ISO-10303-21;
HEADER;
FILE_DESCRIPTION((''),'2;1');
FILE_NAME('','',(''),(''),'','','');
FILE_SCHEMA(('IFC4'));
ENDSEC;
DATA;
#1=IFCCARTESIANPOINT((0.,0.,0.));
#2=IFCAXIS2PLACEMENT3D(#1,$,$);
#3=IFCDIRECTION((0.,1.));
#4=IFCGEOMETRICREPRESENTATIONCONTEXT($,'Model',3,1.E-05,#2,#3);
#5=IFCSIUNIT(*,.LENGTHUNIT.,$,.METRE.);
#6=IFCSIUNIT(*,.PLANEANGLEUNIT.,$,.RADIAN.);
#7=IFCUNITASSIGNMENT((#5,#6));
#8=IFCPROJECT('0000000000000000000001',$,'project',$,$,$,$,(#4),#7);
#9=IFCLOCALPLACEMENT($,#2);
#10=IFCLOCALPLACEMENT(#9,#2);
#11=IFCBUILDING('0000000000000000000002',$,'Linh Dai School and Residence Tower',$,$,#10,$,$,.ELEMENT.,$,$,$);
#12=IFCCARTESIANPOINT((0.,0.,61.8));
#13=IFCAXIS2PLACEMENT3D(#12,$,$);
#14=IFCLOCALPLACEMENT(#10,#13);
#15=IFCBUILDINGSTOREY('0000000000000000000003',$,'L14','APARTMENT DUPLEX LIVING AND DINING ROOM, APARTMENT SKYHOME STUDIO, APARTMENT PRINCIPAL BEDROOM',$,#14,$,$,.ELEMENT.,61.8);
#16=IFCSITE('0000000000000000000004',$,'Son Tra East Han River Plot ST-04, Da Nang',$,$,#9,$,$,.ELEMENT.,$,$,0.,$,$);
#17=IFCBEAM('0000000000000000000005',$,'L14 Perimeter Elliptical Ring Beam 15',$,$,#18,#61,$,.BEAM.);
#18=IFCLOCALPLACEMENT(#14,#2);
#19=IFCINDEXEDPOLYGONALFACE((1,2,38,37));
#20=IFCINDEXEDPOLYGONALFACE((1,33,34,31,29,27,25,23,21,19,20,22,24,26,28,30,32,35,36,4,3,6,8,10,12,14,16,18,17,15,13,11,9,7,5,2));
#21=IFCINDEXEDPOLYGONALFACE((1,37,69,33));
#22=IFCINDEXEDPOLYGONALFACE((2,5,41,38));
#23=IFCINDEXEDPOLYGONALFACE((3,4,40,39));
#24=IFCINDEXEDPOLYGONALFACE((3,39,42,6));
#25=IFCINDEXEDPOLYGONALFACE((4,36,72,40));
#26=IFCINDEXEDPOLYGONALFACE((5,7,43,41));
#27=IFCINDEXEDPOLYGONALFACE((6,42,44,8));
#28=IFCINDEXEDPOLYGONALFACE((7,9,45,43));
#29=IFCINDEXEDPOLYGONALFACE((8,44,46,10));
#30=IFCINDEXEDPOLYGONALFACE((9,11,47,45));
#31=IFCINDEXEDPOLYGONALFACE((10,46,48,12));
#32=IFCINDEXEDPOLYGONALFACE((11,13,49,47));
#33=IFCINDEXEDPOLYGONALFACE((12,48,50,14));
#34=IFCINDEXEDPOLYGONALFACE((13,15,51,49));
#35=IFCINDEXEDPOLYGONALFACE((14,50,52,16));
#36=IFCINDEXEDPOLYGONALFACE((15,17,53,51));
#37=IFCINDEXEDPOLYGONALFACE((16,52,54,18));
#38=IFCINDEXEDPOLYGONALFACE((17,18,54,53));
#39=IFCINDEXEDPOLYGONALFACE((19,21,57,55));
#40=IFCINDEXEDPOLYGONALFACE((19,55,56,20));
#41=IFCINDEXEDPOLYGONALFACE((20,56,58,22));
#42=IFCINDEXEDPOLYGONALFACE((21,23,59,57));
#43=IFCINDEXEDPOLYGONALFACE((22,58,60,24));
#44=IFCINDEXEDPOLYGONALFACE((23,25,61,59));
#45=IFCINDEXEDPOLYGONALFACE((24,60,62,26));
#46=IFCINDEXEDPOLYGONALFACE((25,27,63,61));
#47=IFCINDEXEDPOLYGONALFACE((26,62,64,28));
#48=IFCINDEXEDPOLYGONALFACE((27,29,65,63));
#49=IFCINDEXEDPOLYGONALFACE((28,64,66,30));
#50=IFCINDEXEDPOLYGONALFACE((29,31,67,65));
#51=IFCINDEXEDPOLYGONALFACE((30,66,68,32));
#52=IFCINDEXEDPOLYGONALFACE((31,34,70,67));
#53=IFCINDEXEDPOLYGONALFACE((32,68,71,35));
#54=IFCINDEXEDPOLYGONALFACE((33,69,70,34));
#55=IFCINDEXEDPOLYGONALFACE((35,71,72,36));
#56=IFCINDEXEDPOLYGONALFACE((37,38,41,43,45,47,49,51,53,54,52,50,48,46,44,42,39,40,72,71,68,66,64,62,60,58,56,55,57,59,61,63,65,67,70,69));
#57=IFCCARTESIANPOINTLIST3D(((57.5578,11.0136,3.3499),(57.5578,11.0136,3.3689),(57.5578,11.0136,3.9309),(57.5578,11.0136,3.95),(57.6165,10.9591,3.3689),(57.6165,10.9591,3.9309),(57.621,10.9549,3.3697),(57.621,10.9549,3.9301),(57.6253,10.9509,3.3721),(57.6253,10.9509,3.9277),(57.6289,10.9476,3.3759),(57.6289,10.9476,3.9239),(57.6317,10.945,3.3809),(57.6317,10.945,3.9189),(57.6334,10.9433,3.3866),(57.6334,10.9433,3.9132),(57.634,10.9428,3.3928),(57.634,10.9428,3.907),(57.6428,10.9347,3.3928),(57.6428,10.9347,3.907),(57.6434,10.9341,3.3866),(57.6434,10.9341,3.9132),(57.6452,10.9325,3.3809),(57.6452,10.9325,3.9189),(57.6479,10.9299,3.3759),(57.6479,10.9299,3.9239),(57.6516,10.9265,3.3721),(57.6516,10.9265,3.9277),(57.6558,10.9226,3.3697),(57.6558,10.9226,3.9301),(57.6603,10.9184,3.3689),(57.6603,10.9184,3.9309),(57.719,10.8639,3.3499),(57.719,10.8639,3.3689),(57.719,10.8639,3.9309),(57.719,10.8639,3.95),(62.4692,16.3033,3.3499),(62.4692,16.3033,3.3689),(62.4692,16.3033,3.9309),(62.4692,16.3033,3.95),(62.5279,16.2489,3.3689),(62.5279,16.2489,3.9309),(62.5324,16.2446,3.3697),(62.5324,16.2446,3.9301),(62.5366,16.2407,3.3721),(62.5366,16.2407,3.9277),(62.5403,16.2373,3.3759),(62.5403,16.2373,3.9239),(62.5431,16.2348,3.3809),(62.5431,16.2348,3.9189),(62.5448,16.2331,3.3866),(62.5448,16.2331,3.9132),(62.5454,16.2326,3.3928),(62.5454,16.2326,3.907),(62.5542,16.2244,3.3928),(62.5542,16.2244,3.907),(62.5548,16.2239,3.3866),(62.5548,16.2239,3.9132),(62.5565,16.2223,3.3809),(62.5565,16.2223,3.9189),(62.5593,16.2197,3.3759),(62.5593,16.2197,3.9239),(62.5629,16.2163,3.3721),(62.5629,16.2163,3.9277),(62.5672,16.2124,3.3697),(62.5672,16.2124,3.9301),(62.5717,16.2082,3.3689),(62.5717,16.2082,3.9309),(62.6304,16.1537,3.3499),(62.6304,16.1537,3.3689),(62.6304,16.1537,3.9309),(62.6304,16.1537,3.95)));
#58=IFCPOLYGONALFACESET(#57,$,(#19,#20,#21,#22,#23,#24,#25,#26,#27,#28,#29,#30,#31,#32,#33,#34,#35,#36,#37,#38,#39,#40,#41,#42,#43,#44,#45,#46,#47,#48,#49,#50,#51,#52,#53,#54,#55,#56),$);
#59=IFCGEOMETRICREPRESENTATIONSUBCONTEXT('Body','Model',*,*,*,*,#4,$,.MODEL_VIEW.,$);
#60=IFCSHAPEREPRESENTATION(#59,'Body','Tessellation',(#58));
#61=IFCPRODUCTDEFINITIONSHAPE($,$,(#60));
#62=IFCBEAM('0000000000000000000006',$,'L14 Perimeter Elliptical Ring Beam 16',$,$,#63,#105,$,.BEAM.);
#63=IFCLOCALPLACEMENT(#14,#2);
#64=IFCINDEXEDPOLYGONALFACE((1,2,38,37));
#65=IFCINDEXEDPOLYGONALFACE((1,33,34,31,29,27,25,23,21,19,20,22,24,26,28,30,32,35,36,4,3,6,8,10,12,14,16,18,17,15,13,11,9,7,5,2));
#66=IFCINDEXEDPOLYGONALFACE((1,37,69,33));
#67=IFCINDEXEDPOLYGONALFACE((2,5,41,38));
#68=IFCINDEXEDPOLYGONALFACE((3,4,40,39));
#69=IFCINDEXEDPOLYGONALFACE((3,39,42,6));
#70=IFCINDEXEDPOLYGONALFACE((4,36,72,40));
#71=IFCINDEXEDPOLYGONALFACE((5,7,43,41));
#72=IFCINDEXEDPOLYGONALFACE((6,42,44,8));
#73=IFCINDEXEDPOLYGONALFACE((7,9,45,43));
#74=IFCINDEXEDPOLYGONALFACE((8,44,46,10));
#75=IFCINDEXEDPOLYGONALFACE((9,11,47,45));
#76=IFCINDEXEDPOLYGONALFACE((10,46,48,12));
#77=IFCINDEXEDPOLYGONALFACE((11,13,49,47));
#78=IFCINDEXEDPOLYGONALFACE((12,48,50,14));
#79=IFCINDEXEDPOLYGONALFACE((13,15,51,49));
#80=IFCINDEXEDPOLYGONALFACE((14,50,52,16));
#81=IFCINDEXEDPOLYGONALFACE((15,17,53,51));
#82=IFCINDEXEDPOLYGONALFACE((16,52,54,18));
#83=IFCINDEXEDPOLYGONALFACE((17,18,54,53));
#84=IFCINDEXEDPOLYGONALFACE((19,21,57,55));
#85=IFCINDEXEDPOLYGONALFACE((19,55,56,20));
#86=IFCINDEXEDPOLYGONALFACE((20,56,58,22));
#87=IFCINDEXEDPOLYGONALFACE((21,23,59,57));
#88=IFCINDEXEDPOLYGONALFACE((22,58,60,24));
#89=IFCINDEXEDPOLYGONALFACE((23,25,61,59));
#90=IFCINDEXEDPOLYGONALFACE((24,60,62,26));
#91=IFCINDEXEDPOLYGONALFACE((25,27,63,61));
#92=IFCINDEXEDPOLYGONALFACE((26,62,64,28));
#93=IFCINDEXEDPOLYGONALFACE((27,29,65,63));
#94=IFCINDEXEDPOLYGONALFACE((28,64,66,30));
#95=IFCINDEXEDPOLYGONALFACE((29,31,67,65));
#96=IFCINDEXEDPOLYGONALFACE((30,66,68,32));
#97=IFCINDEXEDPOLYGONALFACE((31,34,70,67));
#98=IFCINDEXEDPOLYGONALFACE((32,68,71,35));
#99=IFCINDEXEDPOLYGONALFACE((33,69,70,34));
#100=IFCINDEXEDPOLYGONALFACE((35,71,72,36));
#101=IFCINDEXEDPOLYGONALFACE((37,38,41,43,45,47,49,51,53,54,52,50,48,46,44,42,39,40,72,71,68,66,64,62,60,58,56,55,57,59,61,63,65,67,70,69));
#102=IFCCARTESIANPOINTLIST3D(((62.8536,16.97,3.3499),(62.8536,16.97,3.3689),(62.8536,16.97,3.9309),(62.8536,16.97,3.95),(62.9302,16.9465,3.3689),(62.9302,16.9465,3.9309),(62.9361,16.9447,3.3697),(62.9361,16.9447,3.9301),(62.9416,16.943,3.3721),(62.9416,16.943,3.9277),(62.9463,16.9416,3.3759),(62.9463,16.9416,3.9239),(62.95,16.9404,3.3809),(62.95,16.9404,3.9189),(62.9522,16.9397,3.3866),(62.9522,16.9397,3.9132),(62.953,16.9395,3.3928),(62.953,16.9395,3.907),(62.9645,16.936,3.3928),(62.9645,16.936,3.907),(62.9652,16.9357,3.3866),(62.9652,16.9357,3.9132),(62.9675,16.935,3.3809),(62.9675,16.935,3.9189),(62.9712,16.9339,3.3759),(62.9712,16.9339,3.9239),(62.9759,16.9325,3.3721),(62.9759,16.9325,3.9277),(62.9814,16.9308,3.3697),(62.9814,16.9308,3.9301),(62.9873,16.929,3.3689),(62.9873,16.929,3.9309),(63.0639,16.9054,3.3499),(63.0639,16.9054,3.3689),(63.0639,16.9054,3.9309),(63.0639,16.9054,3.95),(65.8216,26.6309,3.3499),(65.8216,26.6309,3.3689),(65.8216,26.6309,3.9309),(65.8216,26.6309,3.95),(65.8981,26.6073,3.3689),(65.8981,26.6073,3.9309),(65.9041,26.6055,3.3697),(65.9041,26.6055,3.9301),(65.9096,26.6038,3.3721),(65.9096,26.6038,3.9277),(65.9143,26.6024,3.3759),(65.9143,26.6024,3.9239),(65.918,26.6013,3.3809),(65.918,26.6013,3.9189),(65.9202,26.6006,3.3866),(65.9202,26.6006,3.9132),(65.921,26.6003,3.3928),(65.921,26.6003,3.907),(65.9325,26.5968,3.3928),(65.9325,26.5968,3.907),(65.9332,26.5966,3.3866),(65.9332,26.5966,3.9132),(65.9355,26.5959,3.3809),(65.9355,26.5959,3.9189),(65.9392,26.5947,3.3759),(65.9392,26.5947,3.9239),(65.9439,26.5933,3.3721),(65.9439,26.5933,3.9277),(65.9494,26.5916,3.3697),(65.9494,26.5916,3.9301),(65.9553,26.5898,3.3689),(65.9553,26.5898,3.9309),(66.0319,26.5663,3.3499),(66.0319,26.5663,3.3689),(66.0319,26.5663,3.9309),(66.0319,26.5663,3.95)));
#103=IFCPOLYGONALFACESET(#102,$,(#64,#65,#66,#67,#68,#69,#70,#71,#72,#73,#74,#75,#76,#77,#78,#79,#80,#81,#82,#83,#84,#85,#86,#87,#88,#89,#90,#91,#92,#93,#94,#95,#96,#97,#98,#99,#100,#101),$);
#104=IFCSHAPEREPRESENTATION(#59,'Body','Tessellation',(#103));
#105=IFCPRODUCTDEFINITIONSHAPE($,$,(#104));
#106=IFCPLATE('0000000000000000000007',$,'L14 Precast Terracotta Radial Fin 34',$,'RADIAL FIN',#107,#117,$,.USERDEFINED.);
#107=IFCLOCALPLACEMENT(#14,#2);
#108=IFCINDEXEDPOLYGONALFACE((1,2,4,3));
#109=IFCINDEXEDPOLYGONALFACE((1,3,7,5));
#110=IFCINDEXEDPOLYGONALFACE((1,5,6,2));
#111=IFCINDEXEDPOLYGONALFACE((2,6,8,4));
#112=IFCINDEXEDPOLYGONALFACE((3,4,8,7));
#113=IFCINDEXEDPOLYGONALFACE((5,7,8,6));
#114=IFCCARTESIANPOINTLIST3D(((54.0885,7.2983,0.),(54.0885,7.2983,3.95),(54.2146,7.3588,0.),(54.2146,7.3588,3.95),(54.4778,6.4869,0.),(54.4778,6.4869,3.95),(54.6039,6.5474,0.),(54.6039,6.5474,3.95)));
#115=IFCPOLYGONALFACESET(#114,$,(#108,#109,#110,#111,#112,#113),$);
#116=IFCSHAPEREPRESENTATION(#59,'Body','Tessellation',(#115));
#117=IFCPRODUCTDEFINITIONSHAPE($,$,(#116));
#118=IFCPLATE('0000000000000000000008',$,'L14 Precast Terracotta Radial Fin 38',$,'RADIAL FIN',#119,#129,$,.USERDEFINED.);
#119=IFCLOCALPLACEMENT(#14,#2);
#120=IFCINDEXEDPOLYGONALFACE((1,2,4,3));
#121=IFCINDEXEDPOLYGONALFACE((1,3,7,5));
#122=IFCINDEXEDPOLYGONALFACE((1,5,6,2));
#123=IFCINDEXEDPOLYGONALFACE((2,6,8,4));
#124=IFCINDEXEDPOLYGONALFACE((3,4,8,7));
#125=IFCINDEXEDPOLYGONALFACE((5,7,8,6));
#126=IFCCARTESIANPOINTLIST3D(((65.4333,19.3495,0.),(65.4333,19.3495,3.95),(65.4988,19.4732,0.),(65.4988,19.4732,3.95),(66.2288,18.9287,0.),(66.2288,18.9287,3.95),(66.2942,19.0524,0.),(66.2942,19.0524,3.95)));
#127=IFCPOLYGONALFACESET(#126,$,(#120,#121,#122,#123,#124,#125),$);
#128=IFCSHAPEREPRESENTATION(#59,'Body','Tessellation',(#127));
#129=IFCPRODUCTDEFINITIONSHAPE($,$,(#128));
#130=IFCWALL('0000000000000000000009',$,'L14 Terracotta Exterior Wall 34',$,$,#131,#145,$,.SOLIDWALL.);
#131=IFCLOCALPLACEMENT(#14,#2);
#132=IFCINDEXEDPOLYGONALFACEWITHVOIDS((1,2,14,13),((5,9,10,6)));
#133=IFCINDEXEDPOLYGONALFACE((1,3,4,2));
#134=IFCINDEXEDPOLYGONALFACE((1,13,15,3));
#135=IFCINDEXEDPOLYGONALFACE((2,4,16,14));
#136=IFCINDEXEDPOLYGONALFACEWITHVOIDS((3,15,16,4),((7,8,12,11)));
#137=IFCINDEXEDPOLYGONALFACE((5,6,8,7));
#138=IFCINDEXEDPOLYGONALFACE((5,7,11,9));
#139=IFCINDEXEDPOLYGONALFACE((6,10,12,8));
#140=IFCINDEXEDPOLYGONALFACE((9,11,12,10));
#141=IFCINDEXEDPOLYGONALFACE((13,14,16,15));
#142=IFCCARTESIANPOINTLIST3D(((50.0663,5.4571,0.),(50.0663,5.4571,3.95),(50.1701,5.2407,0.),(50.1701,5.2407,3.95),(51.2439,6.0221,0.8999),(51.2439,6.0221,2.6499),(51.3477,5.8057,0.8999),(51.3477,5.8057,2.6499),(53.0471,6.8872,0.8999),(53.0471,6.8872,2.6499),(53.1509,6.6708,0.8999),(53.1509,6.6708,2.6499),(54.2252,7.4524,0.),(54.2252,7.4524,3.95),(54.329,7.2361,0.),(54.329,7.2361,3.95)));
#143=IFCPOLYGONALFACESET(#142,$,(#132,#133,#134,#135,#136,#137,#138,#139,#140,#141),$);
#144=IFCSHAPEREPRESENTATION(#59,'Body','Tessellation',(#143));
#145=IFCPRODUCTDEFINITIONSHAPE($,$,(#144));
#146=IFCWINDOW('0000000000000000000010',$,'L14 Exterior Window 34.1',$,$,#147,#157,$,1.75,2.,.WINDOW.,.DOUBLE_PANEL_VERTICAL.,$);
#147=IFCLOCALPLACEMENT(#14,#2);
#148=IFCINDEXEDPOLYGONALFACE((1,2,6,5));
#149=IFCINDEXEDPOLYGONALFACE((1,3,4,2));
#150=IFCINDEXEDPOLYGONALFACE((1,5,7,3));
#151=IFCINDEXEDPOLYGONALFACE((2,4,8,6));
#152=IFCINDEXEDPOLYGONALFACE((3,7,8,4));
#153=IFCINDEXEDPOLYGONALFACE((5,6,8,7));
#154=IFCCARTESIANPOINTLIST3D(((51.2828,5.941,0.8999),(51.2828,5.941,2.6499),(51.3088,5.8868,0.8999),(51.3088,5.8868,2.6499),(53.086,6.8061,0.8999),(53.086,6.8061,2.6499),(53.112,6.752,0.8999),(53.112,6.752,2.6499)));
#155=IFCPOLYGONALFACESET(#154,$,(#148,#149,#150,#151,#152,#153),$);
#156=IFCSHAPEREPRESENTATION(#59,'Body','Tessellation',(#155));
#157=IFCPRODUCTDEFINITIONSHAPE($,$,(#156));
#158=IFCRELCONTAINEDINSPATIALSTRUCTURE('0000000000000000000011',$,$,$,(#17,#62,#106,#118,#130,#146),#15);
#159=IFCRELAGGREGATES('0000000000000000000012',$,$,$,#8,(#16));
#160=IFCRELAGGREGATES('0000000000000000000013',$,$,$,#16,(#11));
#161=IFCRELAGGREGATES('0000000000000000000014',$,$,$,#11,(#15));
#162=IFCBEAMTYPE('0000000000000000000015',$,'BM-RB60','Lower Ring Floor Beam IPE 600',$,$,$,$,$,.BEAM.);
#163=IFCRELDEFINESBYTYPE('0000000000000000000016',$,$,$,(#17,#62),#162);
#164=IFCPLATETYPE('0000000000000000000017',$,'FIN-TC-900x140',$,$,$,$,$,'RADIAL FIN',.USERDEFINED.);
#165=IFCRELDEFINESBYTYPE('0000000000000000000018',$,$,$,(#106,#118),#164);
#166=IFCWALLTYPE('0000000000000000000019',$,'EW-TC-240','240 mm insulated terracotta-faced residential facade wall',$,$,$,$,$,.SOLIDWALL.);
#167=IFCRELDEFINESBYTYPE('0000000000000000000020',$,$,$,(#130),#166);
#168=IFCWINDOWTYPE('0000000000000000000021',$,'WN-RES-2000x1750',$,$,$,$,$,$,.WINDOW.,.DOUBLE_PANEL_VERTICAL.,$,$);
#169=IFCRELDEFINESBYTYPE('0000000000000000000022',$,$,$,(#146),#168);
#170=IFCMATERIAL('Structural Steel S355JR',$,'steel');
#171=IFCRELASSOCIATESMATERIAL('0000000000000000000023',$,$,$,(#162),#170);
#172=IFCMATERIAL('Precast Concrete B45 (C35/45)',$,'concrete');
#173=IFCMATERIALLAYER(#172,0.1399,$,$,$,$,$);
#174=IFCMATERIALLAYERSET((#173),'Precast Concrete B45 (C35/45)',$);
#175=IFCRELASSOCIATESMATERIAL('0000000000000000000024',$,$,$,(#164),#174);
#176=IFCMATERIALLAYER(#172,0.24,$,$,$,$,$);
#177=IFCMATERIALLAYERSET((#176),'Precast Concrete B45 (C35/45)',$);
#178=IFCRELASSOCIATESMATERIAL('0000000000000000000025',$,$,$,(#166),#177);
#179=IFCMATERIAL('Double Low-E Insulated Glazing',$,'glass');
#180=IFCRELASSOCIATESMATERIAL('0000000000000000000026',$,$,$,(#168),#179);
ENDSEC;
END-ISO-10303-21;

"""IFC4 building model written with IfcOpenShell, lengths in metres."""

from ifc_helpers import new_model, si_unit, direction, frame, frame_2d, origin, origin_2d, place, context, subcontext, project, spatial, rectangle, i_section, extrude, source, transform, mapped, material, layer, layer_set, material_profile, profile_set, type_object, element, fill, save


model = new_model("IFC4")

# Units and contexts
model_context = context("Model", 3, precision=1e-05, world=origin(), true_north=direction((0.0, 1.0)))
body_context = subcontext(model_context, "Body", "Model", "MODEL_VIEW")
ifc_project = project(units=[si_unit("LENGTHUNIT", "METRE"), si_unit("PLANEANGLEUNIT", "RADIAN")], contexts=[model_context])

# Site, building, storey
site_placement = place(None, origin())
site = spatial("IfcSite", under=ifc_project, at=site_placement, Name="Son Tra East Han River Plot ST-04, Da Nang", CompositionType="ELEMENT", RefElevation=0.0)
building_placement = place(site_placement, origin())
building = spatial("IfcBuilding", under=site, at=building_placement, Name="Linh Dai School and Residence Tower", CompositionType="ELEMENT")
storey_placement = place(building_placement, frame((0.0, 0.0, 61.8)))
storey = spatial("IfcBuildingStorey", under=building, at=storey_placement, Name="L14", Description="APARTMENT DUPLEX LIVING AND DINING ROOM, APARTMENT SKYHOME STUDIO, APARTMENT PRINCIPAL BEDROOM", CompositionType="ELEMENT", Elevation=61.8)

# Shared definitions
ifc_material_1 = material(Name="Structural Steel S355JR", Category="steel")

# Beams
ifc_material_profile_1 = material_profile(ifc_material_1, i_section(OverallWidth=0.22, OverallDepth=0.6001, WebThickness=0.012, FlangeThickness=0.019, FilletRadius=0.0239, at=origin_2d()), Name="IPE 600")
ifc_profile_set_1 = profile_set([ifc_material_profile_1], Name="Structural Steel S355JR")
beam_type = type_object("IfcBeamType", Name="BM-RB60", Description="Lower Ring Floor Beam IPE 600", PredefinedType="BEAM", material=ifc_profile_set_1)
beam_1_placement = place(storey_placement, frame((57.6384, 10.9387, 3.6499), z_axis=(0.680408, 0.732833, 0.0), x_axis=(-0.732833, 0.680408, 0.0)))
element("IfcBeam", 1, at=beam_1_placement, inside=storey, type_object=beam_type, Name="L14 Perimeter Elliptical Ring Beam 15", PredefinedType="BEAM", context=body_context, shape_type="SweptSolid", body=[
    extrude(i_section(OverallWidth=0.22, OverallDepth=0.6001, WebThickness=0.012, FlangeThickness=0.019, FilletRadius=0.0239, at=origin_2d()), origin(), (0.0, 0.0, 1.0), 7.2183),
])
beam_2_placement = place(storey_placement, frame((62.9587, 16.9377, 3.6499), z_axis=(0.293673, 0.955906, 0.0), x_axis=(-0.955906, 0.293673, 0.0)))
element("IfcBeam", 2, at=beam_2_placement, inside=storey, type_object=beam_type, Name="L14 Perimeter Elliptical Ring Beam 16", PredefinedType="BEAM", context=body_context, shape_type="SweptSolid", body=[
    extrude(i_section(OverallWidth=0.22, OverallDepth=0.6001, WebThickness=0.012, FlangeThickness=0.019, FilletRadius=0.0239, at=origin_2d()), origin(), (0.0, 0.0, 1.0), 10.1064),
])

# Plates
ifc_material_2 = material(Name="Precast Concrete B45 (C35/45)", Category="concrete")
ifc_layer_1 = layer(ifc_material_2, 0.1399)
ifc_layer_set_1 = layer_set([ifc_layer_1], Name="Precast Concrete B45 (C35/45)")
plate_type = type_object("IfcPlateType", Name="FIN-TC-900x140", ElementType="RADIAL FIN", PredefinedType="USERDEFINED", material=ifc_layer_set_1)
shared_shape_1 = source(origin(), body_context, "Body", "SweptSolid", [
    extrude(rectangle(XDim=0.8999, YDim=0.1399, at=origin_2d()), origin(), (0.0, 0.0, 1.0), 3.95),
])
for number, where, z_axis, x_axis, name in (
    (3, (54.3462, 6.9229, 0.0), (0.0, 0.0, 1.0), (0.432603, -0.901585, 0.0), "L14 Precast Terracotta Radial Fin 34"),
    (4, (65.8638, 19.2009, 0.0), (0.0, 0.0, 1.0), (0.883934, -0.467612, 0.0), "L14 Precast Terracotta Radial Fin 38"),
):
    element("IfcPlate", number, at=place(storey_placement, frame(where, z_axis=z_axis, x_axis=x_axis)), inside=storey, type_object=plate_type, Name=name, ObjectType="RADIAL FIN", PredefinedType="USERDEFINED", context=body_context, shape_type="MappedRepresentation", body=[
        mapped(shared_shape_1, transform((0.0, 0.0, 0.0), x_axis=(1.0, 0.0, 0.0), y_axis=(0.0, 1.0, 0.0), z_axis=(0.0, 0.0, 1.0), scale=1.0)),
    ])

# Wall, opening, window
ifc_layer_2 = layer(ifc_material_2, 0.24)
ifc_layer_set_2 = layer_set([ifc_layer_2], Name="Precast Concrete B45 (C35/45)")
wall_type_1 = type_object("IfcWallType", Name="EW-TC-240", Description="240 mm insulated terracotta-faced residential facade wall", PredefinedType="SOLIDWALL", material=ifc_layer_set_2)
wall_1_placement = place(storey_placement, frame((54.2771, 7.3442, 0.0), z_axis=(0.0, 0.0, 1.0), x_axis=(-0.901602, -0.432568, 0.0)))
wall_1 = element("IfcWall", 5, at=wall_1_placement, inside=storey, type_object=wall_type_1, Name="L14 Terracotta Exterior Wall 34", PredefinedType="SOLIDWALL", context=body_context, shape_type="SweptSolid", body=[
    extrude(rectangle(XDim=4.6128, YDim=0.24, at=frame_2d((2.3064, 0.0))), origin(), (0.0, 0.0, 1.0), 3.95),
])
opening_1_placement = place(wall_1_placement, frame((1.3066, 0.0, 0.8999)))
opening_1 = element("IfcOpeningElement", 6, at=opening_1_placement, cuts=wall_1, PredefinedType="OPENING", context=body_context, shape_type="SweptSolid", body=[
    extrude(rectangle(XDim=2.0, YDim=1.75, at=origin_2d()), frame((1.0, 0.1299, 0.875), z_axis=(0.0, -1.0, 0.0), x_axis=(1.0, 0.0, 0.0)), (0.0, 0.0, 1.0), 0.26),
])
ifc_material_3 = material(Name="Double Low-E Insulated Glazing", Category="glass")
window_type_1 = type_object("IfcWindowType", Name="WN-RES-2000x1750", PartitioningType="DOUBLE_PANEL_VERTICAL", PredefinedType="WINDOW", material=ifc_material_3)
shared_shape_2 = source(origin(), body_context, "Body", "SweptSolid", [
    extrude(rectangle(XDim=2.0, YDim=1.75, at=origin_2d()), frame((1.0, 0.03, 0.875), z_axis=(0.0, -1.0, 0.0), x_axis=(1.0, 0.0, 0.0)), (0.0, 0.0, 1.0), 0.0601),
])
window_1_placement = place(opening_1_placement, origin())
window_1 = element("IfcWindow", 7, at=window_1_placement, inside=storey, type_object=window_type_1, Name="L14 Exterior Window 34.1", OverallHeight=1.75, OverallWidth=2.0, PartitioningType="DOUBLE_PANEL_VERTICAL", PredefinedType="WINDOW", context=body_context, shape_type="MappedRepresentation", body=[
    mapped(shared_shape_2, transform((0.0, 0.0, 0.0), x_axis=(1.0, 0.0, 0.0), y_axis=(0.0, 1.0, 0.0), z_axis=(0.0, 0.0, 1.0), scale=1.0)),
])
fill(opening_1, window_1)

save(model, "model.ifc")
